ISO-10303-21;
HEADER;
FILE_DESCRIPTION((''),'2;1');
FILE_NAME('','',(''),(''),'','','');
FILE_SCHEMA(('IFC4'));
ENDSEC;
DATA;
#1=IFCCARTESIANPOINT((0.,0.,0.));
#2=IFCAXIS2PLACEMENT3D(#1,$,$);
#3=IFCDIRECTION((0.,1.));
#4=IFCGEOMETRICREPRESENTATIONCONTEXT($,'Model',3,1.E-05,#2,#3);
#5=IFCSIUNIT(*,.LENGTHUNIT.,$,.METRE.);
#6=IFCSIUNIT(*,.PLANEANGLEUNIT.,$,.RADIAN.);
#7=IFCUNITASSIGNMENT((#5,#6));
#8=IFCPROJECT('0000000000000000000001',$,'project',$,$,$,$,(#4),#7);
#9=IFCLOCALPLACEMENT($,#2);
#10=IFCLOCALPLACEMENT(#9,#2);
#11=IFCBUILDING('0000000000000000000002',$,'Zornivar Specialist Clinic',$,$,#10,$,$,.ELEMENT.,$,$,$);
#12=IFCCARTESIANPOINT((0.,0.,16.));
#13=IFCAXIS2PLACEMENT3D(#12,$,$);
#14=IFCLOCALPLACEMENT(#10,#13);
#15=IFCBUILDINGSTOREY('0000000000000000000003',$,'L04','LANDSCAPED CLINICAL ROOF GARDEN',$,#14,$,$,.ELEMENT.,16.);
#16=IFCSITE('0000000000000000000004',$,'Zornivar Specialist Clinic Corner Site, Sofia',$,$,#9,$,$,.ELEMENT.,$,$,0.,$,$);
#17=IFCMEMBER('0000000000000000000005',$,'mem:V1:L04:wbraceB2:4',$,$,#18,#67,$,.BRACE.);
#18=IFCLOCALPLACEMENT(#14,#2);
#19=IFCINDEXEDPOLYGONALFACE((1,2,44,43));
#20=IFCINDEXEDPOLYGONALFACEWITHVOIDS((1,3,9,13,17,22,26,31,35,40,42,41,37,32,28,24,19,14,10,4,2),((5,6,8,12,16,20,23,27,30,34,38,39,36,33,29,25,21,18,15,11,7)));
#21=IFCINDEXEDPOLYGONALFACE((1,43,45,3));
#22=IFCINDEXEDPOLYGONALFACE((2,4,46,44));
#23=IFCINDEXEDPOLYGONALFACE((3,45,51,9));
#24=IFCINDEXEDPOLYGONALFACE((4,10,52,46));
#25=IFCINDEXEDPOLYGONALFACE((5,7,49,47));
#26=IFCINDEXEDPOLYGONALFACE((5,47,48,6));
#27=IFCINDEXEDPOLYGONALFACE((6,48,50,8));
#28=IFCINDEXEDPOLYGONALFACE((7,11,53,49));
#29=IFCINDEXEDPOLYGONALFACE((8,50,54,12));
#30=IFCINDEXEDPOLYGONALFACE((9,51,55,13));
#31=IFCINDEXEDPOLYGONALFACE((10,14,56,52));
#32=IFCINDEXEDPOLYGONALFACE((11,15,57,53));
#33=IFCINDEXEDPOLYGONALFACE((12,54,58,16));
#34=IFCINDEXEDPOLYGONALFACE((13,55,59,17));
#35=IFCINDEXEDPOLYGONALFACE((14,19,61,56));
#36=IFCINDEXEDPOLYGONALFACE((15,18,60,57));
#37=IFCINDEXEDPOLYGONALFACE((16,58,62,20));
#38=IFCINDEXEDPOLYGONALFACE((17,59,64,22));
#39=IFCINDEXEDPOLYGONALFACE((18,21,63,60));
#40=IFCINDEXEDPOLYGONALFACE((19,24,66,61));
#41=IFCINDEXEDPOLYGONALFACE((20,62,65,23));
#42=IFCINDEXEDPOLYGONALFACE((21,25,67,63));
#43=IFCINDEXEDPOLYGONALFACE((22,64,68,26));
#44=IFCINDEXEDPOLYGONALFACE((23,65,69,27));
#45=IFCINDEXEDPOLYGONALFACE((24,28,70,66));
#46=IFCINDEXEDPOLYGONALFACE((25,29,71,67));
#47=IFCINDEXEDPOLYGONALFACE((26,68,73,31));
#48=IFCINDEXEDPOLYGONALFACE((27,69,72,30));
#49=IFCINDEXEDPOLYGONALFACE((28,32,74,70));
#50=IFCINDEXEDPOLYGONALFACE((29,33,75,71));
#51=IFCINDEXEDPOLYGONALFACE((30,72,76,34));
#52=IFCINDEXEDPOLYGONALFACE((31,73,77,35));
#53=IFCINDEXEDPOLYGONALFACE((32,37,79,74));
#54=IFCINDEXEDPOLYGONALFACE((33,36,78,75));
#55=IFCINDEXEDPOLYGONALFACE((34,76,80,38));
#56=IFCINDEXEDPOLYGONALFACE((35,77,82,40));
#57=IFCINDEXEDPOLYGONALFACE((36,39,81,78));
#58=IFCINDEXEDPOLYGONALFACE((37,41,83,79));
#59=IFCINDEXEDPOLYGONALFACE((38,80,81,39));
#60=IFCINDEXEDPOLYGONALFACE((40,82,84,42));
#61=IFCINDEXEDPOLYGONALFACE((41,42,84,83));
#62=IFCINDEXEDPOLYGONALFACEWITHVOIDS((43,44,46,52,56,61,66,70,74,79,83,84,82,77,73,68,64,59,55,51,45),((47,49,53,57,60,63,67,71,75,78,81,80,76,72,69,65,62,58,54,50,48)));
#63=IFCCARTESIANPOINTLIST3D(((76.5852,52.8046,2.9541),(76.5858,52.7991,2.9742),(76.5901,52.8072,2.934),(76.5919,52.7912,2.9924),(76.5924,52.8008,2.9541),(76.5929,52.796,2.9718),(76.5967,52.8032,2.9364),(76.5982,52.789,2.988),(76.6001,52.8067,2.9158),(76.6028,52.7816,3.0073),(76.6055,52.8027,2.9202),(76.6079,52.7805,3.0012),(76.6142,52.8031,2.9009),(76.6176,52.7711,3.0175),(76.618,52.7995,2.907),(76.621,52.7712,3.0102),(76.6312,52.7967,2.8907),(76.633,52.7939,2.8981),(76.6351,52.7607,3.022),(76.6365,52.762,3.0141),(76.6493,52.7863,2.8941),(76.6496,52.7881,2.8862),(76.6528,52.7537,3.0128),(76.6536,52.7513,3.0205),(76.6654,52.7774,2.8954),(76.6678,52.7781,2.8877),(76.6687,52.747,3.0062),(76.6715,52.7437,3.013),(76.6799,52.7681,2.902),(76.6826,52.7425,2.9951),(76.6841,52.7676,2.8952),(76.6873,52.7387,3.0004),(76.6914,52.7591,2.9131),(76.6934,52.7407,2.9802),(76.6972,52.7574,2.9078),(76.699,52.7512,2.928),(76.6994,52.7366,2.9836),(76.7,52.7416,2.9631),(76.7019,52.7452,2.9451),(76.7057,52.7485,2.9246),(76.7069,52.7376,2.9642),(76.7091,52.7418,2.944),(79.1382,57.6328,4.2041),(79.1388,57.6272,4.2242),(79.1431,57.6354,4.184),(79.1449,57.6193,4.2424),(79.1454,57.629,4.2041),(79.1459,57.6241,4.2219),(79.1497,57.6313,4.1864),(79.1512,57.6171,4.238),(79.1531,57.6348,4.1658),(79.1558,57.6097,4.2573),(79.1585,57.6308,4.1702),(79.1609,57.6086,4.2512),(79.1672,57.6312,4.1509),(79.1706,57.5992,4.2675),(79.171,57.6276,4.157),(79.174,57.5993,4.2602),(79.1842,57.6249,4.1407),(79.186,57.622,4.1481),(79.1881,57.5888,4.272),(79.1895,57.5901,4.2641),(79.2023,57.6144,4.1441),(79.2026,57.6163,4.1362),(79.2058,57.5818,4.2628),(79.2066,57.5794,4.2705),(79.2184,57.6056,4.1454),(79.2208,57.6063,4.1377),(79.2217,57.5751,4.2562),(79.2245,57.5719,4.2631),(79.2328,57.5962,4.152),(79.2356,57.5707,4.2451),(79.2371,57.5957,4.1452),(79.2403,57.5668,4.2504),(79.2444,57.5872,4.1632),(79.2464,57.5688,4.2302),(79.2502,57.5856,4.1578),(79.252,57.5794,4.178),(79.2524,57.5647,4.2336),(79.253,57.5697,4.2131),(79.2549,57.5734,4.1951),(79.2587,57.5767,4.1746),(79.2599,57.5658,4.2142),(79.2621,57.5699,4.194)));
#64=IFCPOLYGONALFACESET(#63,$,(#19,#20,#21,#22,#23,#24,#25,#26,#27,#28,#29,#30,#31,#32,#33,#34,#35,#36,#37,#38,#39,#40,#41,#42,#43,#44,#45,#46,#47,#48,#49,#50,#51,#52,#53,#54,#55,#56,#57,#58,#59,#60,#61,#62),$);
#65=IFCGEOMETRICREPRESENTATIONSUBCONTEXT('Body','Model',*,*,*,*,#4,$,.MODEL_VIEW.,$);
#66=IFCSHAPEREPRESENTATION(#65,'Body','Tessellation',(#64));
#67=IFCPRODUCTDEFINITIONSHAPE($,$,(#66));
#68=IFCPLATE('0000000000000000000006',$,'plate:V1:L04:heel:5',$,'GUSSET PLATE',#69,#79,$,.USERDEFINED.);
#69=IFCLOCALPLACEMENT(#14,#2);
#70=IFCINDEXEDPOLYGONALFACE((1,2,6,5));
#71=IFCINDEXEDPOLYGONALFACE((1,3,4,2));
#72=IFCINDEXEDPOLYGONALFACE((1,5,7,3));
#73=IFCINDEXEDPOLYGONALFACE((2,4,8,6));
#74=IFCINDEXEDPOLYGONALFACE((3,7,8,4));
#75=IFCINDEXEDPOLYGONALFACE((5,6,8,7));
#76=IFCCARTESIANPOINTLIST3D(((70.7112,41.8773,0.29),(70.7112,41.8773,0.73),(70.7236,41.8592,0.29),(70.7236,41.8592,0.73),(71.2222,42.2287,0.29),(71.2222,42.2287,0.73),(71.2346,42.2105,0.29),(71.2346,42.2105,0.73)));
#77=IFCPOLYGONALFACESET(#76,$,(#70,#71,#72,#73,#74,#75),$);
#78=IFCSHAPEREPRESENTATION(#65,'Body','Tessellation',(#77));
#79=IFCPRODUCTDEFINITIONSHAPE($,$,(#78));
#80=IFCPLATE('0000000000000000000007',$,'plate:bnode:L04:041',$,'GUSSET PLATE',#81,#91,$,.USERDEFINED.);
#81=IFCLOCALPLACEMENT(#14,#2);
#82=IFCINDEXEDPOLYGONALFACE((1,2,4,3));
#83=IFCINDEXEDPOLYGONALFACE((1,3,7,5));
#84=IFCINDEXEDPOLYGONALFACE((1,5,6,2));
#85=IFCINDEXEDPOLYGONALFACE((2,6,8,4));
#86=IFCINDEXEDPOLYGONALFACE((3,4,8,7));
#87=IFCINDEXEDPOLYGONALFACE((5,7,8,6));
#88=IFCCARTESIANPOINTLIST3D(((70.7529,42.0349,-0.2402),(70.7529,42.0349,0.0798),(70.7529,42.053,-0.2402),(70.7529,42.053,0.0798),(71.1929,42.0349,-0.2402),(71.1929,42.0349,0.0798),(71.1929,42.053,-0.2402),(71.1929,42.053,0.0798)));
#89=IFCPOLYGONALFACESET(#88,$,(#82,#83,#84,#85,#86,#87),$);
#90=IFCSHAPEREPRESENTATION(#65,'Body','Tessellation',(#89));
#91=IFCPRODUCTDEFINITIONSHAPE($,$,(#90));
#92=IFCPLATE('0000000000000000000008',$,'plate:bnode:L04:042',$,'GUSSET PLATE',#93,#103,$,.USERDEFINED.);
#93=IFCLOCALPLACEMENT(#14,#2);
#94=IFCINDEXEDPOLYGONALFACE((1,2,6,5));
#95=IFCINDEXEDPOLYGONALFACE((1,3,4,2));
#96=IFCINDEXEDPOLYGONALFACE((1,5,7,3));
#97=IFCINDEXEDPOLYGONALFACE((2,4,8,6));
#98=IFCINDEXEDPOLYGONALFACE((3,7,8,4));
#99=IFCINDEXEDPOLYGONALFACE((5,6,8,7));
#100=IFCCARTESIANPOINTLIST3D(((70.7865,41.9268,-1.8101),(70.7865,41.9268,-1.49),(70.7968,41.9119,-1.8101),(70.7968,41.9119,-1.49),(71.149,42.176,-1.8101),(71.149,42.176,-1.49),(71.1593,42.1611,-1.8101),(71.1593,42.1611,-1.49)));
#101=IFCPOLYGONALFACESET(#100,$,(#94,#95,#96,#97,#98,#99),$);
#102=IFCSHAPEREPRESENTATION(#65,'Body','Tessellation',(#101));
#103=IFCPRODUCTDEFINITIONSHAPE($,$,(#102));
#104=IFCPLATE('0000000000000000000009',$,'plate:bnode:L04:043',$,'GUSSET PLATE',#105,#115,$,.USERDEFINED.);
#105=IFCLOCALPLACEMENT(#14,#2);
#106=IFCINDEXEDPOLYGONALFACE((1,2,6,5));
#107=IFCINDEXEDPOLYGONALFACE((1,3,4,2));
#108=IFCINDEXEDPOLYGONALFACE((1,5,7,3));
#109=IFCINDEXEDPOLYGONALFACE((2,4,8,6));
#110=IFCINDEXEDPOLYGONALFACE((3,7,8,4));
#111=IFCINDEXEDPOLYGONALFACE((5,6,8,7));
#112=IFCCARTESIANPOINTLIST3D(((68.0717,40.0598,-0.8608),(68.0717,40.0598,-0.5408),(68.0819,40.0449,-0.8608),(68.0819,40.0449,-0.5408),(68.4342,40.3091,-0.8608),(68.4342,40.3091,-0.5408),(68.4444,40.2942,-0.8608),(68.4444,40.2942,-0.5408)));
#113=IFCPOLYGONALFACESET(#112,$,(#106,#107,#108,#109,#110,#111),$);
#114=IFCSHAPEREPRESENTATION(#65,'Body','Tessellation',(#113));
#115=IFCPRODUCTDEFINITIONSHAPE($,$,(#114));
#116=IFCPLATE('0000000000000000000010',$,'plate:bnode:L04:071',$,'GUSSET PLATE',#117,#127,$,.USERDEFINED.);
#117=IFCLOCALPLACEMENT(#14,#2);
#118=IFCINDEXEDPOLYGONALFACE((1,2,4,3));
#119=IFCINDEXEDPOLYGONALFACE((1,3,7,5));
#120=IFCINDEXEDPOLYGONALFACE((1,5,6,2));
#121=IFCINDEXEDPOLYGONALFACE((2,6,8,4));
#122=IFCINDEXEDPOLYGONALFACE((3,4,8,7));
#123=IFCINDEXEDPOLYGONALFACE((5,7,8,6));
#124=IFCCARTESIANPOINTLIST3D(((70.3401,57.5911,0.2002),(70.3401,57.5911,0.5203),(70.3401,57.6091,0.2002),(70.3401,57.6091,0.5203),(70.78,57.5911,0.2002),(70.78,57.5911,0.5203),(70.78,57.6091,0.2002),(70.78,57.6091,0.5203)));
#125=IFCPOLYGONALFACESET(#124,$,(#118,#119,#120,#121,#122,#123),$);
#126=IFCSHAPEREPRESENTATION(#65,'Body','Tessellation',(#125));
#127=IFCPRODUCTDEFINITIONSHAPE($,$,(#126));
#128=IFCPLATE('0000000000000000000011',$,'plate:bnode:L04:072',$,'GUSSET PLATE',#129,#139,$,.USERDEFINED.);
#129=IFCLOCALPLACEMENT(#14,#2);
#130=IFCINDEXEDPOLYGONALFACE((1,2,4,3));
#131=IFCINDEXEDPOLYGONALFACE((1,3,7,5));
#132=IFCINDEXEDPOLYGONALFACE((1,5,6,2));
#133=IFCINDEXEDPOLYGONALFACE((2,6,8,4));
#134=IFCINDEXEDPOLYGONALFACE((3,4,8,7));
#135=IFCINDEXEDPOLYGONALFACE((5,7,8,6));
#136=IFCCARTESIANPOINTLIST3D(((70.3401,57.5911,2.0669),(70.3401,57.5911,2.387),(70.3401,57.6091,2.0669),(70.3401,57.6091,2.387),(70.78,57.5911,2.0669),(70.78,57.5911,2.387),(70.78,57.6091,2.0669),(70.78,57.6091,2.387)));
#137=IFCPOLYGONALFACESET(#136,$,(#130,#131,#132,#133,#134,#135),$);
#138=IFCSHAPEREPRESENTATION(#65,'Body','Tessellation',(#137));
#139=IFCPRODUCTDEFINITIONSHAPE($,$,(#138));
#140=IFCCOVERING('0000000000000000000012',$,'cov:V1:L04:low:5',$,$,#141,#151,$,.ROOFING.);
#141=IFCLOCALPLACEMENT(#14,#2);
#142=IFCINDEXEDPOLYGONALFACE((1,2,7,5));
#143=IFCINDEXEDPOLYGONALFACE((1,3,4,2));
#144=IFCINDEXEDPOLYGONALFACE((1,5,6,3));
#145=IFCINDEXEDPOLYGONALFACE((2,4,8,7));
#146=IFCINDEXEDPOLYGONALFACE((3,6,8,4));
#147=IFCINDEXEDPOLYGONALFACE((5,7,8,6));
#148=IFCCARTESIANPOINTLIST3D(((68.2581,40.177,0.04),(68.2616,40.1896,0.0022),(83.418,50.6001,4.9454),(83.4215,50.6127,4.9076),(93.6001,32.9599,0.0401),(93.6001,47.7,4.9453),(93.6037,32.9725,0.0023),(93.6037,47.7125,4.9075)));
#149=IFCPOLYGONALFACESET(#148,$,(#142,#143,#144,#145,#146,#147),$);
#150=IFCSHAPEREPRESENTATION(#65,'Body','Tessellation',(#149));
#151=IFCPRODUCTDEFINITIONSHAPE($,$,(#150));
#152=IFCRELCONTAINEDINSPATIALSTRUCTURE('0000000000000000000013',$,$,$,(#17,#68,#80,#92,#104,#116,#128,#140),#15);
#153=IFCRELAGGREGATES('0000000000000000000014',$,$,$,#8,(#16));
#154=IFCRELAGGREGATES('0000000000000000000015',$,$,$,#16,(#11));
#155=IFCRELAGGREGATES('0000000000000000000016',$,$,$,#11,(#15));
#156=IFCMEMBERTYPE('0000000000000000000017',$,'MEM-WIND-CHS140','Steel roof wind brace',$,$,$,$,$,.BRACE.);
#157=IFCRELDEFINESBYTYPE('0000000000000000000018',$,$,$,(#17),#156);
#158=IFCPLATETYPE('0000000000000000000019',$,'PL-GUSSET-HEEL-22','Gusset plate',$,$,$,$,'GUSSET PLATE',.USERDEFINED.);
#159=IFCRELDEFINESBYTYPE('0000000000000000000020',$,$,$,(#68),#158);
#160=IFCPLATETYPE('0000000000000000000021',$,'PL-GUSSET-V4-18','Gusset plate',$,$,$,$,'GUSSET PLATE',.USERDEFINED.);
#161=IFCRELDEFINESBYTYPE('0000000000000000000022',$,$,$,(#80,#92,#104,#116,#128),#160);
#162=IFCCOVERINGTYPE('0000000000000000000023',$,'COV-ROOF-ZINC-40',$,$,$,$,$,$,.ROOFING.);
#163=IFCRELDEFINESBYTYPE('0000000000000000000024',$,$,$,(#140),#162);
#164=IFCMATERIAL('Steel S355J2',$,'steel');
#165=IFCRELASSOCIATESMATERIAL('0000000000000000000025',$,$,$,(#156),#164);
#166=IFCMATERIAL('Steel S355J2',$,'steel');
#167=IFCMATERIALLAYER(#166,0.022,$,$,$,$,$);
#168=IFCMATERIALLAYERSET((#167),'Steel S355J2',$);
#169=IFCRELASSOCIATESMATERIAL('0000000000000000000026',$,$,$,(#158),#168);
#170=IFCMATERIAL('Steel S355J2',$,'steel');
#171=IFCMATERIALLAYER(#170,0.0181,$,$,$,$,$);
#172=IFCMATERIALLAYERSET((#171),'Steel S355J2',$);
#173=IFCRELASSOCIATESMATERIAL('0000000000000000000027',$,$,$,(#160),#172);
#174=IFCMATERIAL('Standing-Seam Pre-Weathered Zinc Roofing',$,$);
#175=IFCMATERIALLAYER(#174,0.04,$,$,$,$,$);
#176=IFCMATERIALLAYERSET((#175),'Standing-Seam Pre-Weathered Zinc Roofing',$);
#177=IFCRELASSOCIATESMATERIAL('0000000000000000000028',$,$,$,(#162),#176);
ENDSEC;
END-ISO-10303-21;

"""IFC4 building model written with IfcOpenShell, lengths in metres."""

from ifc_helpers import new_model, si_unit, direction, frame, origin, origin_2d, place, context, subcontext, project, spatial, polyline, rectangle, hollow_circle, outline, extrude, material, layer, layer_set, material_profile, profile_set, type_object, element, save


model = new_model("IFC4")

# Units and contexts
model_context = context("Model", 3, precision=1e-05, world=origin(), true_north=direction((0.0, 1.0)))
body_context = subcontext(model_context, "Body", "Model", "MODEL_VIEW")
ifc_project = project(units=[si_unit("LENGTHUNIT", "METRE"), si_unit("PLANEANGLEUNIT", "RADIAN")], contexts=[model_context])

# Site, building, storey
site_placement = place(None, origin())
site = spatial("IfcSite", under=ifc_project, at=site_placement, Name="Zornivar Specialist Clinic Corner Site, Sofia", CompositionType="ELEMENT", RefElevation=0.0)
building_placement = place(site_placement, origin())
building = spatial("IfcBuilding", under=site, at=building_placement, Name="Zornivar Specialist Clinic", CompositionType="ELEMENT")
storey_placement = place(building_placement, frame((0.0, 0.0, 16.0)))
storey = spatial("IfcBuildingStorey", under=building, at=storey_placement, Name="L04", Description="LANDSCAPED CLINICAL ROOF GARDEN", CompositionType="ELEMENT", Elevation=16.0)

# Member
ifc_material_1 = material(Name="Steel S355J2", Category="steel")
ifc_material_profile_1 = material_profile(ifc_material_1, hollow_circle(Radius=0.0698, WallThickness=0.0081, at=origin_2d()), Name="CHS 139.7x8")
ifc_profile_set_1 = profile_set([ifc_material_profile_1], Name="Steel S355J2")
member_type_1 = type_object("IfcMemberType", Name="MEM-WIND-CHS140", Description="Steel roof wind brace", PredefinedType="BRACE", material=ifc_profile_set_1)
member_1_placement = place(storey_placement, frame((76.647, 52.772, 2.9541), z_axis=(0.455664, 0.861739, 0.223104), x_axis=(-0.884022, 0.467446, 0.0)))
element("IfcMember", 1, at=member_1_placement, inside=storey, type_object=member_type_1, Name="mem:V1:L04:wbraceB2:4", PredefinedType="BRACE", context=body_context, shape_type="SweptSolid", body=[
    extrude(hollow_circle(Radius=0.0698, WallThickness=0.0081, at=origin_2d()), origin(), (0.0, 0.0, 1.0), 5.6028),
])

# Plates
ifc_material_2 = material(Name="Steel S355J2", Category="steel")
ifc_layer_1 = layer(ifc_material_2, 0.022)
ifc_layer_set_1 = layer_set([ifc_layer_1], Name="Steel S355J2")
plate_type_1 = type_object("IfcPlateType", Name="PL-GUSSET-HEEL-22", Description="Gusset plate", ElementType="GUSSET PLATE", PredefinedType="USERDEFINED", material=ifc_layer_set_1)
plate_placement = place(storey_placement, frame((70.9729, 42.0439, 0.29), z_axis=(0.0, 0.0, 1.0), x_axis=(-0.824043, -0.566527, 0.0)))
element("IfcPlate", 2, at=plate_placement, inside=storey, type_object=plate_type_1, Name="plate:V1:L04:heel:5", ObjectType="GUSSET PLATE", PredefinedType="USERDEFINED", context=body_context, shape_type="SweptSolid", body=[
    extrude(rectangle(XDim=0.6201, YDim=0.022, at=origin_2d()), origin(), (0.0, 0.0, 1.0), 0.4399),
])
ifc_material_3 = material(Name="Steel S355J2", Category="steel")
ifc_layer_2 = layer(ifc_material_3, 0.0181)
ifc_layer_set_2 = layer_set([ifc_layer_2], Name="Steel S355J2")
plate_type_2 = type_object("IfcPlateType", Name="PL-GUSSET-V4-18", Description="Gusset plate", ElementType="GUSSET PLATE", PredefinedType="USERDEFINED", material=ifc_layer_set_2)
for number, where, z_axis, x_axis, name in (
    (3, (70.9729, 42.0439, -0.2402), (0.0, 0.0, 1.0), (1.0, 0.0, 0.0), "plate:bnode:L04:041"),
    (4, (70.9729, 42.0439, -1.8101), (0.0, 0.0, 1.0), (0.824027, 0.56655, 0.0), "plate:bnode:L04:042"),
    (5, (68.2581, 40.177, -0.8608), (0.0, 0.0, 1.0), (0.824027, 0.56655, 0.0), "plate:bnode:L04:043"),
    (6, (70.5601, 57.6001, 0.2002), (0.0, 0.0, 1.0), (1.0, 0.0, 0.0), "plate:bnode:L04:071"),
    (7, (70.5601, 57.6001, 2.0669), (0.0, 0.0, 1.0), (1.0, 0.0, 0.0), "plate:bnode:L04:072"),
):
    element("IfcPlate", number, at=place(storey_placement, frame(where, z_axis=z_axis, x_axis=x_axis)), inside=storey, type_object=plate_type_2, Name=name, ObjectType="GUSSET PLATE", PredefinedType="USERDEFINED", context=body_context, shape_type="SweptSolid", body=[
        extrude(rectangle(XDim=0.4399, YDim=0.0181, at=origin_2d()), origin(), (0.0, 0.0, 1.0), 0.3201),
    ])

# Covering
ifc_material_4 = material(Name="Standing-Seam Pre-Weathered Zinc Roofing")
ifc_layer_3 = layer(ifc_material_4, 0.04)
ifc_layer_set_3 = layer_set([ifc_layer_3], Name="Standing-Seam Pre-Weathered Zinc Roofing")
covering_type = type_object("IfcCoveringType", Name="COV-ROOF-ZINC-40", PredefinedType="ROOFING", material=ifc_layer_set_3)
covering_placement = place(storey_placement, frame((68.2581, 40.177, 0.04), z_axis=(-0.089565, -0.314486, 0.945027), x_axis=(0.961759, -0.273896, 0.000003)))
element("IfcCovering", 8, at=covering_placement, inside=storey, type_object=covering_type, Name="cov:V1:L04:low:5", PredefinedType="ROOFING", context=body_context, shape_type="SweptSolid", body=[
    extrude(outline(polyline([(0.0, 0.0), (26.3497, 0.0), (22.3125, 15.001), (11.7254, 15.0014), (0.0, 0.0)])), origin(), (0.0, 0.0, -1.0), 0.04),
])

save(model, "model.ifc")
